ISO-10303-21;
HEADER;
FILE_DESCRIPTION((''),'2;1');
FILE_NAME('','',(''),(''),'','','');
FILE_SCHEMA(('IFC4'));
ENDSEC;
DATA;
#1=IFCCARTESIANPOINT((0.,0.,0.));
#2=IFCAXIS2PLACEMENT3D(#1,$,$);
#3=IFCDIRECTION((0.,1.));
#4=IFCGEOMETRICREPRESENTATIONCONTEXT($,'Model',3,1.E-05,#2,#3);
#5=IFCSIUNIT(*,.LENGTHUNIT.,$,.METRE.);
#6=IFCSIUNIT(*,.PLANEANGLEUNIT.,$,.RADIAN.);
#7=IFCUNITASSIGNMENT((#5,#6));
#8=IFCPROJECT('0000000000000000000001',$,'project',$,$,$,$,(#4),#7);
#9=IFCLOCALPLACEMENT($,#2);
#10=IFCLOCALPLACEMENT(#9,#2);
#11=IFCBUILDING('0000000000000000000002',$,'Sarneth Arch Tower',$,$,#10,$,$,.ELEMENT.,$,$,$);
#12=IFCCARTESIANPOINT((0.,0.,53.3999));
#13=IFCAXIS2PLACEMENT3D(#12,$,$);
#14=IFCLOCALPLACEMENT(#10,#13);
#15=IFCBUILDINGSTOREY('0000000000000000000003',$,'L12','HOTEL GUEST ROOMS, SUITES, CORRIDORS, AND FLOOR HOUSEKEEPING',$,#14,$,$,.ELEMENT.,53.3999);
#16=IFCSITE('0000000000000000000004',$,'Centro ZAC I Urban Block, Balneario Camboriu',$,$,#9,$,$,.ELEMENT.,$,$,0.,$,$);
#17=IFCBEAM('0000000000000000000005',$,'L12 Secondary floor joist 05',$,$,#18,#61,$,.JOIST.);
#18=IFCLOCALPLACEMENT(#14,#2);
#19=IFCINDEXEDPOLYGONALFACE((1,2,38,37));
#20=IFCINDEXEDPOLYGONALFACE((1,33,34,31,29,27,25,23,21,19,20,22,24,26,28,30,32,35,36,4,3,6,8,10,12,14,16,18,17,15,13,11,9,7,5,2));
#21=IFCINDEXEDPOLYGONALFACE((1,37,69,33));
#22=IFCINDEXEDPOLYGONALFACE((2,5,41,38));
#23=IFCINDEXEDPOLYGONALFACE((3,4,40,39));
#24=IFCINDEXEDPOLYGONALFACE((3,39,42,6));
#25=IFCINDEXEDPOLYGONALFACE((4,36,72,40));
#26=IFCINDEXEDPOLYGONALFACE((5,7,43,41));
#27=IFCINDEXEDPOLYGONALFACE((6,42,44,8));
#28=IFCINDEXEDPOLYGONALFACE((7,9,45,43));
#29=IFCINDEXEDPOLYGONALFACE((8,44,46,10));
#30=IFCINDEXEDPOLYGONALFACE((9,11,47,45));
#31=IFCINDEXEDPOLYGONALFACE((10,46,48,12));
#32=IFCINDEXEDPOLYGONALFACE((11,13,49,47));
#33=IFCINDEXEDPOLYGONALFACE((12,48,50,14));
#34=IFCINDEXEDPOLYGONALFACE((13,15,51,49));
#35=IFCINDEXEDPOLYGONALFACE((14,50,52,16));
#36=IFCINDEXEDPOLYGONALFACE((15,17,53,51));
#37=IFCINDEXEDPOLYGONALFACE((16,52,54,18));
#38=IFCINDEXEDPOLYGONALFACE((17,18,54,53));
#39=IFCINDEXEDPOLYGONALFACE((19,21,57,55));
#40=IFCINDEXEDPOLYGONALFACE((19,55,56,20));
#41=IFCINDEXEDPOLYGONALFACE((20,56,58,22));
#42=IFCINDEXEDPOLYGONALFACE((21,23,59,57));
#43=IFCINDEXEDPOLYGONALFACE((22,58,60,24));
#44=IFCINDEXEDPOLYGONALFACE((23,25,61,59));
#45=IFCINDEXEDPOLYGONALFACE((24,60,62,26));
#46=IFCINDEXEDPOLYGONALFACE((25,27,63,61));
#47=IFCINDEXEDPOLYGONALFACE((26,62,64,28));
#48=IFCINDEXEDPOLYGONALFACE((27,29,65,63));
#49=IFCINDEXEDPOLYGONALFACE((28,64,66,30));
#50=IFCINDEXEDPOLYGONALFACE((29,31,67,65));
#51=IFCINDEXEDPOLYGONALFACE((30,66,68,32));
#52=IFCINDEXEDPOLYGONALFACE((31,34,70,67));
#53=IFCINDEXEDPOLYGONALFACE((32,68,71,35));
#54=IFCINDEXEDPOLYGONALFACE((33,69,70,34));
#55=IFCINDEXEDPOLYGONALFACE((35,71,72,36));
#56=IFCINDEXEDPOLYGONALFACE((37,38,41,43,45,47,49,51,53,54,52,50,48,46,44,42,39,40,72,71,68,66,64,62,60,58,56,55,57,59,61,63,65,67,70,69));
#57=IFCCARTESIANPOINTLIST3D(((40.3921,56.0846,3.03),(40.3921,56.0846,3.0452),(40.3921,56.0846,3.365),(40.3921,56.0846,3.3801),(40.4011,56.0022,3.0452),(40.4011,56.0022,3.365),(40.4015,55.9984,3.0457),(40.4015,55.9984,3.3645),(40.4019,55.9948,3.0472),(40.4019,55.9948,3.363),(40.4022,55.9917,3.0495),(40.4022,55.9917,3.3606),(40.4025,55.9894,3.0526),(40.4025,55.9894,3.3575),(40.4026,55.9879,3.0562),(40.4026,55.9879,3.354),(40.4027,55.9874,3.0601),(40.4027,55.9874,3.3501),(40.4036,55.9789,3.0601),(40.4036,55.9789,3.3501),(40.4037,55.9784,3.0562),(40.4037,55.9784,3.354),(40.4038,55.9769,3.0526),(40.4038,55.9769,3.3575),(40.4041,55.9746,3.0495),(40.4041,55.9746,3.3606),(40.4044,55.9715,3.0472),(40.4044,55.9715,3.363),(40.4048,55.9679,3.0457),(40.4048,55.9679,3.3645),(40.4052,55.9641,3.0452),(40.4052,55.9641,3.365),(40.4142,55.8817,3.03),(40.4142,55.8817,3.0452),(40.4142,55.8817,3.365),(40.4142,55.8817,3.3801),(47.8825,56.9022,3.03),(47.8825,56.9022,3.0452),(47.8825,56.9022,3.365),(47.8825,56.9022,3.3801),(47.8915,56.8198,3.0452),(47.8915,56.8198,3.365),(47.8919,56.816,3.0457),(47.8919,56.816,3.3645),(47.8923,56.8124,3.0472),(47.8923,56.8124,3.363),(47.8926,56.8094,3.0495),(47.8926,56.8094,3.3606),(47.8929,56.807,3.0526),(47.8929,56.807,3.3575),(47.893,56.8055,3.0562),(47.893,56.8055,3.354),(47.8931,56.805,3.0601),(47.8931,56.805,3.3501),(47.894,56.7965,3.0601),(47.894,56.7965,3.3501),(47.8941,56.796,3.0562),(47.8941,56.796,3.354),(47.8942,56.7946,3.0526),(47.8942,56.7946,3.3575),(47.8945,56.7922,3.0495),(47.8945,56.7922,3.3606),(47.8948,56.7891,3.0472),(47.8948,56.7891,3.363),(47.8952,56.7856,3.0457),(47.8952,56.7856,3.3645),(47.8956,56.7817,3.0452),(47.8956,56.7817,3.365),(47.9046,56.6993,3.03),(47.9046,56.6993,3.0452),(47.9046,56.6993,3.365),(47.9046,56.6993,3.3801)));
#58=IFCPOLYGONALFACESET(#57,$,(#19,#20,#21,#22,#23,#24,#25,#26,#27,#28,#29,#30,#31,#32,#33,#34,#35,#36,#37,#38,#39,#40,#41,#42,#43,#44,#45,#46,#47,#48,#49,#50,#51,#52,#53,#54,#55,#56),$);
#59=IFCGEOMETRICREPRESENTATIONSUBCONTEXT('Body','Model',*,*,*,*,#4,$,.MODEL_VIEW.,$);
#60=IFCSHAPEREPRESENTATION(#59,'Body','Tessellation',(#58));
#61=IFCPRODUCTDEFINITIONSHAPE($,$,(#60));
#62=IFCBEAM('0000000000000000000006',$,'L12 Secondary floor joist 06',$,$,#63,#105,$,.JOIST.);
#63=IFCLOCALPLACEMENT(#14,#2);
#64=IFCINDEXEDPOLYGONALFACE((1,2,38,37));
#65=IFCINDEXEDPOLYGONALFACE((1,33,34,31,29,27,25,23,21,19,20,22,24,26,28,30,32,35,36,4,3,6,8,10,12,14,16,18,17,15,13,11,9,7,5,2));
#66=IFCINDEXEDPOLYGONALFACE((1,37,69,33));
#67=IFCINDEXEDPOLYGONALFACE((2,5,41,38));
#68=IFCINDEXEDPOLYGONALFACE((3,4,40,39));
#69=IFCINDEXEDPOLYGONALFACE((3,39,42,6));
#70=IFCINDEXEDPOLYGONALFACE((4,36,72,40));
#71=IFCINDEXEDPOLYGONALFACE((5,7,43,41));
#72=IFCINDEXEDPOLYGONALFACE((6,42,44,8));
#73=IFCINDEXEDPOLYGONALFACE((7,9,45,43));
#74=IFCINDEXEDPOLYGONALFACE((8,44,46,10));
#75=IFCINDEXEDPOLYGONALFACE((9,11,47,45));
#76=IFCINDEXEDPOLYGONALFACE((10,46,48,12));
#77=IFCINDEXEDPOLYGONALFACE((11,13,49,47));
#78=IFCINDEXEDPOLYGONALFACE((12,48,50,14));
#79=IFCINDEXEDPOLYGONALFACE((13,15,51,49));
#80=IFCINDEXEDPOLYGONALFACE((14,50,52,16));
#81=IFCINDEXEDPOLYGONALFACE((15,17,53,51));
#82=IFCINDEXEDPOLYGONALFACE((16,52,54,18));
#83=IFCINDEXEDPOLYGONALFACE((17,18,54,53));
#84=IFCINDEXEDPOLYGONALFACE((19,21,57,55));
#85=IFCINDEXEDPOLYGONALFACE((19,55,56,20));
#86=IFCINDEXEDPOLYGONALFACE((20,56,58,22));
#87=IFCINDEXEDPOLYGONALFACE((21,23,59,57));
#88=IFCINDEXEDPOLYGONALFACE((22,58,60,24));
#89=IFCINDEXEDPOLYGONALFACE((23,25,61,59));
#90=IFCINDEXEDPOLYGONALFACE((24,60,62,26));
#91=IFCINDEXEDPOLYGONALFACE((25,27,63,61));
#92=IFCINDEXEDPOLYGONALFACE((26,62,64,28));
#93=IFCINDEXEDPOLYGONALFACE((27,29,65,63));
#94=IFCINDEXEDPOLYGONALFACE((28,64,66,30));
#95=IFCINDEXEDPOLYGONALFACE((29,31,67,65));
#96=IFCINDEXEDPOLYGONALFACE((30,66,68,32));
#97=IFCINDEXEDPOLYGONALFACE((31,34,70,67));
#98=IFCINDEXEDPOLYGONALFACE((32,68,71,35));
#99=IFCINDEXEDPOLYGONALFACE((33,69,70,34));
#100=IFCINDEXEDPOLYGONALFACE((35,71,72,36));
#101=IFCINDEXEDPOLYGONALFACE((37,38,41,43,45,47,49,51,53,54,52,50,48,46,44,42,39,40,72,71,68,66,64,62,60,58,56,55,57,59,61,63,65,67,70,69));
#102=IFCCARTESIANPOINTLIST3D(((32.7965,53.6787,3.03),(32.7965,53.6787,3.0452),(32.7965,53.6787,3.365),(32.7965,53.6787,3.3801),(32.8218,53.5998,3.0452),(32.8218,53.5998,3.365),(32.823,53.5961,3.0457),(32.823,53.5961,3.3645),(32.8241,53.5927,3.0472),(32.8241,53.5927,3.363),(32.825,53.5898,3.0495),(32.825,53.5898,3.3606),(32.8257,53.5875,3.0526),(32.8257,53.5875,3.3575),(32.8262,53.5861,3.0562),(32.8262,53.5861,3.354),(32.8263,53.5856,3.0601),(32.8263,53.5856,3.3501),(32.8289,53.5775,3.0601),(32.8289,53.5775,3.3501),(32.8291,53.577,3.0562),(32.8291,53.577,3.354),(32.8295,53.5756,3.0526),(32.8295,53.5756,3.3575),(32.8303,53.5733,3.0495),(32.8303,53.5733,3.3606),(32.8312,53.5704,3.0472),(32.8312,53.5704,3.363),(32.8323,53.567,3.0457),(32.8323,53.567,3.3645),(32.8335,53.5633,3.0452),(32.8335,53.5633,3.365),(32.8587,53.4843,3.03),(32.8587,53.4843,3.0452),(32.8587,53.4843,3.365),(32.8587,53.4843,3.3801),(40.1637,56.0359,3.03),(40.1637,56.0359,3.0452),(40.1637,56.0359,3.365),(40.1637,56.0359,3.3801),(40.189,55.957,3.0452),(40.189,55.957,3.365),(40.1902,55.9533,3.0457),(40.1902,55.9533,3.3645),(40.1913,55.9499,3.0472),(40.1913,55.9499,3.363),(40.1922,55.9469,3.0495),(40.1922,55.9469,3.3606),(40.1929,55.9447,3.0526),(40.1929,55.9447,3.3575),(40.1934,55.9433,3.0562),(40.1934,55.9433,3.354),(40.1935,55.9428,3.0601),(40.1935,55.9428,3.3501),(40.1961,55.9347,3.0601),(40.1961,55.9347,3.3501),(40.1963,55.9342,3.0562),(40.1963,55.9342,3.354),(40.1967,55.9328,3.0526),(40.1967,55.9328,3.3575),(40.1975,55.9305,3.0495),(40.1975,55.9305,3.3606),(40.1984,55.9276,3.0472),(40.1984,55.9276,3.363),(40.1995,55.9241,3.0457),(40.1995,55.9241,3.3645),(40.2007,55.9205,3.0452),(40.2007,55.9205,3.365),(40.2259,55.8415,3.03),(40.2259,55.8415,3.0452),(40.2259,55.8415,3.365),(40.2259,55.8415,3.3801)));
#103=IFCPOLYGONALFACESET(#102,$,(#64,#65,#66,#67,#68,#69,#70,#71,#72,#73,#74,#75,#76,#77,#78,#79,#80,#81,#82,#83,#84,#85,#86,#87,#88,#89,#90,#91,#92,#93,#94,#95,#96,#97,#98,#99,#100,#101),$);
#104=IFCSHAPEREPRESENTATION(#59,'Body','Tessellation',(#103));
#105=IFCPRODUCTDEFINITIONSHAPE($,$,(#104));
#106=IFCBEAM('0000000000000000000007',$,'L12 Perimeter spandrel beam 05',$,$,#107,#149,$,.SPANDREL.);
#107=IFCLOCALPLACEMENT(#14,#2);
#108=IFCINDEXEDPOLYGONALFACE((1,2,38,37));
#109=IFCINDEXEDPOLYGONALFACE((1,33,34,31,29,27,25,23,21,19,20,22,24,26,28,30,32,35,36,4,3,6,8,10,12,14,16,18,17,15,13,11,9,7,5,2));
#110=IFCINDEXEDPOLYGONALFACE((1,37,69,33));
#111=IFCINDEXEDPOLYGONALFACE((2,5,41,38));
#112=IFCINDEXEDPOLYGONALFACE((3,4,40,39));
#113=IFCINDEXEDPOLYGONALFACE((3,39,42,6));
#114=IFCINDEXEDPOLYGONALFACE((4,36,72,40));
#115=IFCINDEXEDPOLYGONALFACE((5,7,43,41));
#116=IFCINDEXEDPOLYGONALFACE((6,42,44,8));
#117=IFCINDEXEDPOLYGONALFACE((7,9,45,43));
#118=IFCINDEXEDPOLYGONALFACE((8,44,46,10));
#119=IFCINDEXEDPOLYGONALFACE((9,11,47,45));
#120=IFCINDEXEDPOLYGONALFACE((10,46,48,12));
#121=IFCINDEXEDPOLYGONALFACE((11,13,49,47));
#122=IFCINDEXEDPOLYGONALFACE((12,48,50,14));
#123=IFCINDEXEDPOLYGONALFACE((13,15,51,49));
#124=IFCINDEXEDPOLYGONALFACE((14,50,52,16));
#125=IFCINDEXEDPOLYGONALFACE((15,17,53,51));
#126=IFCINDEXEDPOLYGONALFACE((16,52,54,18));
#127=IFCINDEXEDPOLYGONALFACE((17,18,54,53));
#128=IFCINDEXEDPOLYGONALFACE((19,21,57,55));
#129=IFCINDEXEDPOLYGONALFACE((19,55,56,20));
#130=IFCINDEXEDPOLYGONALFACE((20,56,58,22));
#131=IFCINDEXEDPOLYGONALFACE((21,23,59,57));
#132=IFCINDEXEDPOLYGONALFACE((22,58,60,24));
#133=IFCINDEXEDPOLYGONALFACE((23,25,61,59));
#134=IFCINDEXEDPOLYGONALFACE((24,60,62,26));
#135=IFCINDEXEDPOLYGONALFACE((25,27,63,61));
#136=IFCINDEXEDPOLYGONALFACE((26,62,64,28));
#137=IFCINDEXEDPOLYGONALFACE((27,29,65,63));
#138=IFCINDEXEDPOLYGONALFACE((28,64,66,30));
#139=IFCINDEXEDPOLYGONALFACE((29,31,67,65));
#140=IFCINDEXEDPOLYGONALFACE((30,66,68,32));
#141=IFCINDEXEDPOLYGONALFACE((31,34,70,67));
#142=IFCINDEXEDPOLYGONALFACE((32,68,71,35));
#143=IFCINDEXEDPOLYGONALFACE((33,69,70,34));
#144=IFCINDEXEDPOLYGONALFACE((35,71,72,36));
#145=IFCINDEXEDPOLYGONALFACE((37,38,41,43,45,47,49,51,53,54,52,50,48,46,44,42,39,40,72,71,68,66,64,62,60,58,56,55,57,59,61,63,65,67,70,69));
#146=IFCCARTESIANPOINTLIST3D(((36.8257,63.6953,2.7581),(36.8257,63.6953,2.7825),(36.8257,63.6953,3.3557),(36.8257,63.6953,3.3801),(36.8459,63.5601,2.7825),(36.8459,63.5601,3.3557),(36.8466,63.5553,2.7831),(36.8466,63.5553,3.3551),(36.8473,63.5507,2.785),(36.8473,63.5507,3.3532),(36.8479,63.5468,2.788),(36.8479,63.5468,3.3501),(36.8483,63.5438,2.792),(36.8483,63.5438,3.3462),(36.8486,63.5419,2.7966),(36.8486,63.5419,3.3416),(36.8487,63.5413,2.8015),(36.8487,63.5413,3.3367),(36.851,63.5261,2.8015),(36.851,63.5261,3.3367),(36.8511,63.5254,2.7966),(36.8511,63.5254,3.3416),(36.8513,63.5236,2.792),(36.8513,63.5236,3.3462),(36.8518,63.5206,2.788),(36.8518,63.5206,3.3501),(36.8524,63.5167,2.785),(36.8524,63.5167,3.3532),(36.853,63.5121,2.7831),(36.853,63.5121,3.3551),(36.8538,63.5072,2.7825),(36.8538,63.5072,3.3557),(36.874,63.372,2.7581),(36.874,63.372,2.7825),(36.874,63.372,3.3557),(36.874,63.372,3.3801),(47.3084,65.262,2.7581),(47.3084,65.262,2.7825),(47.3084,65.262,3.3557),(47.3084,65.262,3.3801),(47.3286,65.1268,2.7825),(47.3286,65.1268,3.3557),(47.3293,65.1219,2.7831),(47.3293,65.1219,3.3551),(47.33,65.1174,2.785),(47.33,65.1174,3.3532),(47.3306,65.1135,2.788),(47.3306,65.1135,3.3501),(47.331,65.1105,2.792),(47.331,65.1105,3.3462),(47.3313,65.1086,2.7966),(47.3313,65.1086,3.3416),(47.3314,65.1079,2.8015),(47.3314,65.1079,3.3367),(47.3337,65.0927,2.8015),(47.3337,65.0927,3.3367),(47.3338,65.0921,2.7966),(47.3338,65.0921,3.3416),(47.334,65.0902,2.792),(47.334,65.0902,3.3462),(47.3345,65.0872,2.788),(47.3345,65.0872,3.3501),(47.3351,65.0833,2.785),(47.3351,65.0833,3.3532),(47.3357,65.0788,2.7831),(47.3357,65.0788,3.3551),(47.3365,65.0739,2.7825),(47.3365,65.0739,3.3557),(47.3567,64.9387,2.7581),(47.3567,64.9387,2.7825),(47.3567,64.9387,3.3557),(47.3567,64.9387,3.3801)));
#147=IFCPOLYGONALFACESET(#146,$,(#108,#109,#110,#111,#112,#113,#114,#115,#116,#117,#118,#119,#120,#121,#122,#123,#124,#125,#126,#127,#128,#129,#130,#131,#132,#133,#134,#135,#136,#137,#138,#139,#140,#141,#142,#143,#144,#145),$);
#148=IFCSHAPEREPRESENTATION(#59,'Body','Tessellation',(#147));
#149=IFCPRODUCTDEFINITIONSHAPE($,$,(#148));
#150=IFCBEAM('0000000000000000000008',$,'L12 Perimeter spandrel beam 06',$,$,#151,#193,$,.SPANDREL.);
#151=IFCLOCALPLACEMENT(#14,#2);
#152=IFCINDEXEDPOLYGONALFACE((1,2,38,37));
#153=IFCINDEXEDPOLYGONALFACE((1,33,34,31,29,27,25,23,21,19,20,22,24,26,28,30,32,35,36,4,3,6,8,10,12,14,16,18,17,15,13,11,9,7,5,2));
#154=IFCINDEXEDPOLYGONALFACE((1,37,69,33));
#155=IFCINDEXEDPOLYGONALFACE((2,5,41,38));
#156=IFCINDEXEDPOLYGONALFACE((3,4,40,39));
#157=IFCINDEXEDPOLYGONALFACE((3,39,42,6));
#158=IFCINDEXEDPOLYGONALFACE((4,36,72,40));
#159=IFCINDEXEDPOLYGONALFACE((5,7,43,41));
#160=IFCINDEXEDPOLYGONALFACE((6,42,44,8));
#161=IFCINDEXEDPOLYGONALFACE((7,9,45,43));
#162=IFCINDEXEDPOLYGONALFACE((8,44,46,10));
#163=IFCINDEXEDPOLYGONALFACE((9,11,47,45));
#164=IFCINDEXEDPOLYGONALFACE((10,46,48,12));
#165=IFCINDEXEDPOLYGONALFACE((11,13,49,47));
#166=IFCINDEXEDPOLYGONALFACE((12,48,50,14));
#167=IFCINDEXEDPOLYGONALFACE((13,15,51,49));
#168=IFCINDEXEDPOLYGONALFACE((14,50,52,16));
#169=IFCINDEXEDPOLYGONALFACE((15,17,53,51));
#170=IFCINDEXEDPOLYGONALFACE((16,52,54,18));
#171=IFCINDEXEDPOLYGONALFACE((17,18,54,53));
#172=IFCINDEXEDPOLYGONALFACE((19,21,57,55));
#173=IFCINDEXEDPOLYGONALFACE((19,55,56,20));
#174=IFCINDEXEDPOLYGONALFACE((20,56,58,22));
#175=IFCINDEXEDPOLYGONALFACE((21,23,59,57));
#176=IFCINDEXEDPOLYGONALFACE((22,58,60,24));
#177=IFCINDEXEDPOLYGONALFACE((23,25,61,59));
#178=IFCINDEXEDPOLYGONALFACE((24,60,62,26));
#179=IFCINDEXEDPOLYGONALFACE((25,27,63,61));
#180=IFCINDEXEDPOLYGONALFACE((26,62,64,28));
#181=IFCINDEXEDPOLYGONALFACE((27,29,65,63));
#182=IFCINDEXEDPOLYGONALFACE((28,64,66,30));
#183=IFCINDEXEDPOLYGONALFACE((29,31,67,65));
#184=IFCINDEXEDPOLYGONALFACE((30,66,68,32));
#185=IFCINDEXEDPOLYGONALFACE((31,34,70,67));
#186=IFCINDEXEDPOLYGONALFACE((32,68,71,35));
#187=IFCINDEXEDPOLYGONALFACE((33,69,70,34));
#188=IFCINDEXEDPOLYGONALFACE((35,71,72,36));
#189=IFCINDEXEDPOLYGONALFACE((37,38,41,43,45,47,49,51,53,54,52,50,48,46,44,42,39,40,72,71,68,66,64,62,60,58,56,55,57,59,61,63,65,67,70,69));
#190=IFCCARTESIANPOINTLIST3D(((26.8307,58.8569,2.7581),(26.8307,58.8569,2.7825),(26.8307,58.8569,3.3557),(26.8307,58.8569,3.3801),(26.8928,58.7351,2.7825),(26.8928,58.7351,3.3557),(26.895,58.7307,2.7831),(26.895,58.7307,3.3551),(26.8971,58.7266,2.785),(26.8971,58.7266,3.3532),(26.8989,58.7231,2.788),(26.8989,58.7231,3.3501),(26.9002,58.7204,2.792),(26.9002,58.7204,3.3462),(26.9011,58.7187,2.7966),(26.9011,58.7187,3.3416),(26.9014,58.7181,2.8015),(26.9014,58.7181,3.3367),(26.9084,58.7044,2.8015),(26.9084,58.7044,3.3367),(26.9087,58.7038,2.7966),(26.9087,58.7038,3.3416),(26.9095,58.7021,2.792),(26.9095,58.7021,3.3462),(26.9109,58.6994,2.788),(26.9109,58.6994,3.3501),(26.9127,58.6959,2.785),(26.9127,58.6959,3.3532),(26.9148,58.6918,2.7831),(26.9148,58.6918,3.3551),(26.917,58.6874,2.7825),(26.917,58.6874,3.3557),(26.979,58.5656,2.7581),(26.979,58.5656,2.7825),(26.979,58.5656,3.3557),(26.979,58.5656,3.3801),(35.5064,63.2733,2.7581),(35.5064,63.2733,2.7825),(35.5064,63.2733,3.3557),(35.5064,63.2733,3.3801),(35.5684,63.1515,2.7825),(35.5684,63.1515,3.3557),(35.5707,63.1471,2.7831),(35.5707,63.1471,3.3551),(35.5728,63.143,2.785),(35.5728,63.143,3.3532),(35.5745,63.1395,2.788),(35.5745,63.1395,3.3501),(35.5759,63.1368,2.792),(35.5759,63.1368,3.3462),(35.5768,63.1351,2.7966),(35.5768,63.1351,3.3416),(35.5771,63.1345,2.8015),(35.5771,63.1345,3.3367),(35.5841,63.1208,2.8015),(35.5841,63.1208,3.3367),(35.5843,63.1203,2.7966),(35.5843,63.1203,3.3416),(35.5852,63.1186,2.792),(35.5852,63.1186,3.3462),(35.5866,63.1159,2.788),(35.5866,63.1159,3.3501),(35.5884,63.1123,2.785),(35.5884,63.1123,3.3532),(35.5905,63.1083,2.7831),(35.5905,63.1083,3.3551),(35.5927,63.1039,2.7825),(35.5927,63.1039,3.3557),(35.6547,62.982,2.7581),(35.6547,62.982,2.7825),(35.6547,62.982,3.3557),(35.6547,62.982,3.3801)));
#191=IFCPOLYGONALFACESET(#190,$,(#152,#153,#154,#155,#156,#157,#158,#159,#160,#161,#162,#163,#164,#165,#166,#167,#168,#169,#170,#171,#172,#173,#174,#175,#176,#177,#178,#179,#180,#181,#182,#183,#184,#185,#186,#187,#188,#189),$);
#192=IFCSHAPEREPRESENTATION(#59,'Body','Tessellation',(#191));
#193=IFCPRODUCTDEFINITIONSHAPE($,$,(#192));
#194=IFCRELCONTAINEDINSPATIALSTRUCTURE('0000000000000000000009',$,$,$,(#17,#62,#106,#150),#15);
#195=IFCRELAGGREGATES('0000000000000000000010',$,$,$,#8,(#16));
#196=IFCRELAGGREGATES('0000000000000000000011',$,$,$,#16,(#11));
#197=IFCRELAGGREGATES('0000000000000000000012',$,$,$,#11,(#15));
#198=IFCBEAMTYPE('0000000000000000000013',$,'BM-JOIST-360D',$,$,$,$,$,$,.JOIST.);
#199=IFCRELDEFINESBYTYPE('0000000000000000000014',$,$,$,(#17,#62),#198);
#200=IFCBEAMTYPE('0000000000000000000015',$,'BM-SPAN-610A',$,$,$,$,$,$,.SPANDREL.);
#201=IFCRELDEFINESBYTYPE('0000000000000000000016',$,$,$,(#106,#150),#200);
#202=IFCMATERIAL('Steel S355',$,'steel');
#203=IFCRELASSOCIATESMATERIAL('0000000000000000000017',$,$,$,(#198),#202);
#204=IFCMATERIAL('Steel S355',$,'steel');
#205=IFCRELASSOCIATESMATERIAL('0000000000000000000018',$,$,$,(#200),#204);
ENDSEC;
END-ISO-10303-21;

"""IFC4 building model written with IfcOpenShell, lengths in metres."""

from ifc_helpers import new_model, si_unit, direction, frame, origin, origin_2d, place, context, subcontext, project, spatial, i_section, extrude, material, material_profile, profile_set, type_object, element, save


model = new_model("IFC4")

# Units and contexts
model_context = context("Model", 3, precision=1e-05, world=origin(), true_north=direction((0.0, 1.0)))
body_context = subcontext(model_context, "Body", "Model", "MODEL_VIEW")
ifc_project = project(units=[si_unit("LENGTHUNIT", "METRE"), si_unit("PLANEANGLEUNIT", "RADIAN")], contexts=[model_context])

# Site, building, storey
site_placement = place(None, origin())
site = spatial("IfcSite", under=ifc_project, at=site_placement, Name="Centro ZAC I Urban Block, Balneario Camboriu", CompositionType="ELEMENT", RefElevation=0.0)
building_placement = place(site_placement, origin())
building = spatial("IfcBuilding", under=site, at=building_placement, Name="Sarneth Arch Tower", CompositionType="ELEMENT")
storey_placement = place(building_placement, frame((0.0, 0.0, 53.3999)))
storey = spatial("IfcBuildingStorey", under=building, at=storey_placement, Name="L12", Description="HOTEL GUEST ROOMS, SUITES, CORRIDORS, AND FLOOR HOUSEKEEPING", CompositionType="ELEMENT", Elevation=53.3999)

# Beams
ifc_material_1 = material(Name="Steel S355", Category="steel")
ifc_material_profile_1 = material_profile(ifc_material_1, i_section(OverallWidth=0.2041, OverallDepth=0.3501, WebThickness=0.0085, FlangeThickness=0.0151, FilletRadius=0.0149, at=origin_2d()), Name="W360x72")
ifc_profile_set_1 = profile_set([ifc_material_profile_1], Name="Steel S355")
beam_type_1 = type_object("IfcBeamType", Name="BM-JOIST-360D", PredefinedType="JOIST", material=ifc_profile_set_1)
beam_1_placement = place(storey_placement, frame((47.8936, 56.8008, 3.2051), z_axis=(-0.994095, -0.108511, 0.0), x_axis=(0.108511, -0.994095, 0.0)))
element("IfcBeam", 1, at=beam_1_placement, inside=storey, type_object=beam_type_1, Name="L12 Secondary floor joist 05", PredefinedType="JOIST", context=body_context, shape_type="SweptSolid", body=[
    extrude(i_section(OverallWidth=0.2041, OverallDepth=0.3501, WebThickness=0.0085, FlangeThickness=0.0151, FilletRadius=0.0149, at=origin_2d()), origin(), (0.0, 0.0, 1.0), 7.5349),
])
beam_2_placement = place(storey_placement, frame((40.1948, 55.9387, 3.2051), z_axis=(-0.952436, -0.304738, 0.0), x_axis=(0.304738, -0.952436, 0.0)))
element("IfcBeam", 2, at=beam_2_placement, inside=storey, type_object=beam_type_1, Name="L12 Secondary floor joist 06", PredefinedType="JOIST", context=body_context, shape_type="SweptSolid", body=[
    extrude(i_section(OverallWidth=0.2041, OverallDepth=0.3501, WebThickness=0.0085, FlangeThickness=0.0151, FilletRadius=0.0149, at=origin_2d()), origin(), (0.0, 0.0, 1.0), 7.7351),
])
ifc_material_2 = material(Name="Steel S355", Category="steel")
ifc_material_profile_2 = material_profile(ifc_material_2, i_section(OverallWidth=0.3269, OverallDepth=0.6221, WebThickness=0.0154, FlangeThickness=0.0244, FilletRadius=0.019, at=origin_2d()), Name="W610x195")
ifc_profile_set_2 = profile_set([ifc_material_profile_2], Name="Steel S355")
beam_type_2 = type_object("IfcBeamType", Name="BM-SPAN-610A", PredefinedType="SPANDREL", material=ifc_profile_set_2)
beam_3_placement = place(storey_placement, frame((47.3325, 65.1003, 3.0691), z_axis=(-0.989016, -0.14781, 0.0), x_axis=(0.14781, -0.989016, 0.0)))
element("IfcBeam", 3, at=beam_3_placement, inside=storey, type_object=beam_type_2, Name="L12 Perimeter spandrel beam 05", PredefinedType="SPANDREL", context=body_context, shape_type="SweptSolid", body=[
    extrude(i_section(OverallWidth=0.3269, OverallDepth=0.6221, WebThickness=0.0154, FlangeThickness=0.0244, FilletRadius=0.019, at=origin_2d()), origin(), (0.0, 0.0, 1.0), 10.5991),
])
beam_4_placement = place(storey_placement, frame((35.5806, 63.1277, 3.0691), z_axis=(-0.891174, -0.453662, 0.0), x_axis=(0.453662, -0.891174, 0.0)))
element("IfcBeam", 4, at=beam_4_placement, inside=storey, type_object=beam_type_2, Name="L12 Perimeter spandrel beam 06", PredefinedType="SPANDREL", context=body_context, shape_type="SweptSolid", body=[
    extrude(i_section(OverallWidth=0.3269, OverallDepth=0.6221, WebThickness=0.0154, FlangeThickness=0.0244, FilletRadius=0.019, at=origin_2d()), origin(), (0.0, 0.0, 1.0), 9.7351),
])

save(model, "model.ifc")
